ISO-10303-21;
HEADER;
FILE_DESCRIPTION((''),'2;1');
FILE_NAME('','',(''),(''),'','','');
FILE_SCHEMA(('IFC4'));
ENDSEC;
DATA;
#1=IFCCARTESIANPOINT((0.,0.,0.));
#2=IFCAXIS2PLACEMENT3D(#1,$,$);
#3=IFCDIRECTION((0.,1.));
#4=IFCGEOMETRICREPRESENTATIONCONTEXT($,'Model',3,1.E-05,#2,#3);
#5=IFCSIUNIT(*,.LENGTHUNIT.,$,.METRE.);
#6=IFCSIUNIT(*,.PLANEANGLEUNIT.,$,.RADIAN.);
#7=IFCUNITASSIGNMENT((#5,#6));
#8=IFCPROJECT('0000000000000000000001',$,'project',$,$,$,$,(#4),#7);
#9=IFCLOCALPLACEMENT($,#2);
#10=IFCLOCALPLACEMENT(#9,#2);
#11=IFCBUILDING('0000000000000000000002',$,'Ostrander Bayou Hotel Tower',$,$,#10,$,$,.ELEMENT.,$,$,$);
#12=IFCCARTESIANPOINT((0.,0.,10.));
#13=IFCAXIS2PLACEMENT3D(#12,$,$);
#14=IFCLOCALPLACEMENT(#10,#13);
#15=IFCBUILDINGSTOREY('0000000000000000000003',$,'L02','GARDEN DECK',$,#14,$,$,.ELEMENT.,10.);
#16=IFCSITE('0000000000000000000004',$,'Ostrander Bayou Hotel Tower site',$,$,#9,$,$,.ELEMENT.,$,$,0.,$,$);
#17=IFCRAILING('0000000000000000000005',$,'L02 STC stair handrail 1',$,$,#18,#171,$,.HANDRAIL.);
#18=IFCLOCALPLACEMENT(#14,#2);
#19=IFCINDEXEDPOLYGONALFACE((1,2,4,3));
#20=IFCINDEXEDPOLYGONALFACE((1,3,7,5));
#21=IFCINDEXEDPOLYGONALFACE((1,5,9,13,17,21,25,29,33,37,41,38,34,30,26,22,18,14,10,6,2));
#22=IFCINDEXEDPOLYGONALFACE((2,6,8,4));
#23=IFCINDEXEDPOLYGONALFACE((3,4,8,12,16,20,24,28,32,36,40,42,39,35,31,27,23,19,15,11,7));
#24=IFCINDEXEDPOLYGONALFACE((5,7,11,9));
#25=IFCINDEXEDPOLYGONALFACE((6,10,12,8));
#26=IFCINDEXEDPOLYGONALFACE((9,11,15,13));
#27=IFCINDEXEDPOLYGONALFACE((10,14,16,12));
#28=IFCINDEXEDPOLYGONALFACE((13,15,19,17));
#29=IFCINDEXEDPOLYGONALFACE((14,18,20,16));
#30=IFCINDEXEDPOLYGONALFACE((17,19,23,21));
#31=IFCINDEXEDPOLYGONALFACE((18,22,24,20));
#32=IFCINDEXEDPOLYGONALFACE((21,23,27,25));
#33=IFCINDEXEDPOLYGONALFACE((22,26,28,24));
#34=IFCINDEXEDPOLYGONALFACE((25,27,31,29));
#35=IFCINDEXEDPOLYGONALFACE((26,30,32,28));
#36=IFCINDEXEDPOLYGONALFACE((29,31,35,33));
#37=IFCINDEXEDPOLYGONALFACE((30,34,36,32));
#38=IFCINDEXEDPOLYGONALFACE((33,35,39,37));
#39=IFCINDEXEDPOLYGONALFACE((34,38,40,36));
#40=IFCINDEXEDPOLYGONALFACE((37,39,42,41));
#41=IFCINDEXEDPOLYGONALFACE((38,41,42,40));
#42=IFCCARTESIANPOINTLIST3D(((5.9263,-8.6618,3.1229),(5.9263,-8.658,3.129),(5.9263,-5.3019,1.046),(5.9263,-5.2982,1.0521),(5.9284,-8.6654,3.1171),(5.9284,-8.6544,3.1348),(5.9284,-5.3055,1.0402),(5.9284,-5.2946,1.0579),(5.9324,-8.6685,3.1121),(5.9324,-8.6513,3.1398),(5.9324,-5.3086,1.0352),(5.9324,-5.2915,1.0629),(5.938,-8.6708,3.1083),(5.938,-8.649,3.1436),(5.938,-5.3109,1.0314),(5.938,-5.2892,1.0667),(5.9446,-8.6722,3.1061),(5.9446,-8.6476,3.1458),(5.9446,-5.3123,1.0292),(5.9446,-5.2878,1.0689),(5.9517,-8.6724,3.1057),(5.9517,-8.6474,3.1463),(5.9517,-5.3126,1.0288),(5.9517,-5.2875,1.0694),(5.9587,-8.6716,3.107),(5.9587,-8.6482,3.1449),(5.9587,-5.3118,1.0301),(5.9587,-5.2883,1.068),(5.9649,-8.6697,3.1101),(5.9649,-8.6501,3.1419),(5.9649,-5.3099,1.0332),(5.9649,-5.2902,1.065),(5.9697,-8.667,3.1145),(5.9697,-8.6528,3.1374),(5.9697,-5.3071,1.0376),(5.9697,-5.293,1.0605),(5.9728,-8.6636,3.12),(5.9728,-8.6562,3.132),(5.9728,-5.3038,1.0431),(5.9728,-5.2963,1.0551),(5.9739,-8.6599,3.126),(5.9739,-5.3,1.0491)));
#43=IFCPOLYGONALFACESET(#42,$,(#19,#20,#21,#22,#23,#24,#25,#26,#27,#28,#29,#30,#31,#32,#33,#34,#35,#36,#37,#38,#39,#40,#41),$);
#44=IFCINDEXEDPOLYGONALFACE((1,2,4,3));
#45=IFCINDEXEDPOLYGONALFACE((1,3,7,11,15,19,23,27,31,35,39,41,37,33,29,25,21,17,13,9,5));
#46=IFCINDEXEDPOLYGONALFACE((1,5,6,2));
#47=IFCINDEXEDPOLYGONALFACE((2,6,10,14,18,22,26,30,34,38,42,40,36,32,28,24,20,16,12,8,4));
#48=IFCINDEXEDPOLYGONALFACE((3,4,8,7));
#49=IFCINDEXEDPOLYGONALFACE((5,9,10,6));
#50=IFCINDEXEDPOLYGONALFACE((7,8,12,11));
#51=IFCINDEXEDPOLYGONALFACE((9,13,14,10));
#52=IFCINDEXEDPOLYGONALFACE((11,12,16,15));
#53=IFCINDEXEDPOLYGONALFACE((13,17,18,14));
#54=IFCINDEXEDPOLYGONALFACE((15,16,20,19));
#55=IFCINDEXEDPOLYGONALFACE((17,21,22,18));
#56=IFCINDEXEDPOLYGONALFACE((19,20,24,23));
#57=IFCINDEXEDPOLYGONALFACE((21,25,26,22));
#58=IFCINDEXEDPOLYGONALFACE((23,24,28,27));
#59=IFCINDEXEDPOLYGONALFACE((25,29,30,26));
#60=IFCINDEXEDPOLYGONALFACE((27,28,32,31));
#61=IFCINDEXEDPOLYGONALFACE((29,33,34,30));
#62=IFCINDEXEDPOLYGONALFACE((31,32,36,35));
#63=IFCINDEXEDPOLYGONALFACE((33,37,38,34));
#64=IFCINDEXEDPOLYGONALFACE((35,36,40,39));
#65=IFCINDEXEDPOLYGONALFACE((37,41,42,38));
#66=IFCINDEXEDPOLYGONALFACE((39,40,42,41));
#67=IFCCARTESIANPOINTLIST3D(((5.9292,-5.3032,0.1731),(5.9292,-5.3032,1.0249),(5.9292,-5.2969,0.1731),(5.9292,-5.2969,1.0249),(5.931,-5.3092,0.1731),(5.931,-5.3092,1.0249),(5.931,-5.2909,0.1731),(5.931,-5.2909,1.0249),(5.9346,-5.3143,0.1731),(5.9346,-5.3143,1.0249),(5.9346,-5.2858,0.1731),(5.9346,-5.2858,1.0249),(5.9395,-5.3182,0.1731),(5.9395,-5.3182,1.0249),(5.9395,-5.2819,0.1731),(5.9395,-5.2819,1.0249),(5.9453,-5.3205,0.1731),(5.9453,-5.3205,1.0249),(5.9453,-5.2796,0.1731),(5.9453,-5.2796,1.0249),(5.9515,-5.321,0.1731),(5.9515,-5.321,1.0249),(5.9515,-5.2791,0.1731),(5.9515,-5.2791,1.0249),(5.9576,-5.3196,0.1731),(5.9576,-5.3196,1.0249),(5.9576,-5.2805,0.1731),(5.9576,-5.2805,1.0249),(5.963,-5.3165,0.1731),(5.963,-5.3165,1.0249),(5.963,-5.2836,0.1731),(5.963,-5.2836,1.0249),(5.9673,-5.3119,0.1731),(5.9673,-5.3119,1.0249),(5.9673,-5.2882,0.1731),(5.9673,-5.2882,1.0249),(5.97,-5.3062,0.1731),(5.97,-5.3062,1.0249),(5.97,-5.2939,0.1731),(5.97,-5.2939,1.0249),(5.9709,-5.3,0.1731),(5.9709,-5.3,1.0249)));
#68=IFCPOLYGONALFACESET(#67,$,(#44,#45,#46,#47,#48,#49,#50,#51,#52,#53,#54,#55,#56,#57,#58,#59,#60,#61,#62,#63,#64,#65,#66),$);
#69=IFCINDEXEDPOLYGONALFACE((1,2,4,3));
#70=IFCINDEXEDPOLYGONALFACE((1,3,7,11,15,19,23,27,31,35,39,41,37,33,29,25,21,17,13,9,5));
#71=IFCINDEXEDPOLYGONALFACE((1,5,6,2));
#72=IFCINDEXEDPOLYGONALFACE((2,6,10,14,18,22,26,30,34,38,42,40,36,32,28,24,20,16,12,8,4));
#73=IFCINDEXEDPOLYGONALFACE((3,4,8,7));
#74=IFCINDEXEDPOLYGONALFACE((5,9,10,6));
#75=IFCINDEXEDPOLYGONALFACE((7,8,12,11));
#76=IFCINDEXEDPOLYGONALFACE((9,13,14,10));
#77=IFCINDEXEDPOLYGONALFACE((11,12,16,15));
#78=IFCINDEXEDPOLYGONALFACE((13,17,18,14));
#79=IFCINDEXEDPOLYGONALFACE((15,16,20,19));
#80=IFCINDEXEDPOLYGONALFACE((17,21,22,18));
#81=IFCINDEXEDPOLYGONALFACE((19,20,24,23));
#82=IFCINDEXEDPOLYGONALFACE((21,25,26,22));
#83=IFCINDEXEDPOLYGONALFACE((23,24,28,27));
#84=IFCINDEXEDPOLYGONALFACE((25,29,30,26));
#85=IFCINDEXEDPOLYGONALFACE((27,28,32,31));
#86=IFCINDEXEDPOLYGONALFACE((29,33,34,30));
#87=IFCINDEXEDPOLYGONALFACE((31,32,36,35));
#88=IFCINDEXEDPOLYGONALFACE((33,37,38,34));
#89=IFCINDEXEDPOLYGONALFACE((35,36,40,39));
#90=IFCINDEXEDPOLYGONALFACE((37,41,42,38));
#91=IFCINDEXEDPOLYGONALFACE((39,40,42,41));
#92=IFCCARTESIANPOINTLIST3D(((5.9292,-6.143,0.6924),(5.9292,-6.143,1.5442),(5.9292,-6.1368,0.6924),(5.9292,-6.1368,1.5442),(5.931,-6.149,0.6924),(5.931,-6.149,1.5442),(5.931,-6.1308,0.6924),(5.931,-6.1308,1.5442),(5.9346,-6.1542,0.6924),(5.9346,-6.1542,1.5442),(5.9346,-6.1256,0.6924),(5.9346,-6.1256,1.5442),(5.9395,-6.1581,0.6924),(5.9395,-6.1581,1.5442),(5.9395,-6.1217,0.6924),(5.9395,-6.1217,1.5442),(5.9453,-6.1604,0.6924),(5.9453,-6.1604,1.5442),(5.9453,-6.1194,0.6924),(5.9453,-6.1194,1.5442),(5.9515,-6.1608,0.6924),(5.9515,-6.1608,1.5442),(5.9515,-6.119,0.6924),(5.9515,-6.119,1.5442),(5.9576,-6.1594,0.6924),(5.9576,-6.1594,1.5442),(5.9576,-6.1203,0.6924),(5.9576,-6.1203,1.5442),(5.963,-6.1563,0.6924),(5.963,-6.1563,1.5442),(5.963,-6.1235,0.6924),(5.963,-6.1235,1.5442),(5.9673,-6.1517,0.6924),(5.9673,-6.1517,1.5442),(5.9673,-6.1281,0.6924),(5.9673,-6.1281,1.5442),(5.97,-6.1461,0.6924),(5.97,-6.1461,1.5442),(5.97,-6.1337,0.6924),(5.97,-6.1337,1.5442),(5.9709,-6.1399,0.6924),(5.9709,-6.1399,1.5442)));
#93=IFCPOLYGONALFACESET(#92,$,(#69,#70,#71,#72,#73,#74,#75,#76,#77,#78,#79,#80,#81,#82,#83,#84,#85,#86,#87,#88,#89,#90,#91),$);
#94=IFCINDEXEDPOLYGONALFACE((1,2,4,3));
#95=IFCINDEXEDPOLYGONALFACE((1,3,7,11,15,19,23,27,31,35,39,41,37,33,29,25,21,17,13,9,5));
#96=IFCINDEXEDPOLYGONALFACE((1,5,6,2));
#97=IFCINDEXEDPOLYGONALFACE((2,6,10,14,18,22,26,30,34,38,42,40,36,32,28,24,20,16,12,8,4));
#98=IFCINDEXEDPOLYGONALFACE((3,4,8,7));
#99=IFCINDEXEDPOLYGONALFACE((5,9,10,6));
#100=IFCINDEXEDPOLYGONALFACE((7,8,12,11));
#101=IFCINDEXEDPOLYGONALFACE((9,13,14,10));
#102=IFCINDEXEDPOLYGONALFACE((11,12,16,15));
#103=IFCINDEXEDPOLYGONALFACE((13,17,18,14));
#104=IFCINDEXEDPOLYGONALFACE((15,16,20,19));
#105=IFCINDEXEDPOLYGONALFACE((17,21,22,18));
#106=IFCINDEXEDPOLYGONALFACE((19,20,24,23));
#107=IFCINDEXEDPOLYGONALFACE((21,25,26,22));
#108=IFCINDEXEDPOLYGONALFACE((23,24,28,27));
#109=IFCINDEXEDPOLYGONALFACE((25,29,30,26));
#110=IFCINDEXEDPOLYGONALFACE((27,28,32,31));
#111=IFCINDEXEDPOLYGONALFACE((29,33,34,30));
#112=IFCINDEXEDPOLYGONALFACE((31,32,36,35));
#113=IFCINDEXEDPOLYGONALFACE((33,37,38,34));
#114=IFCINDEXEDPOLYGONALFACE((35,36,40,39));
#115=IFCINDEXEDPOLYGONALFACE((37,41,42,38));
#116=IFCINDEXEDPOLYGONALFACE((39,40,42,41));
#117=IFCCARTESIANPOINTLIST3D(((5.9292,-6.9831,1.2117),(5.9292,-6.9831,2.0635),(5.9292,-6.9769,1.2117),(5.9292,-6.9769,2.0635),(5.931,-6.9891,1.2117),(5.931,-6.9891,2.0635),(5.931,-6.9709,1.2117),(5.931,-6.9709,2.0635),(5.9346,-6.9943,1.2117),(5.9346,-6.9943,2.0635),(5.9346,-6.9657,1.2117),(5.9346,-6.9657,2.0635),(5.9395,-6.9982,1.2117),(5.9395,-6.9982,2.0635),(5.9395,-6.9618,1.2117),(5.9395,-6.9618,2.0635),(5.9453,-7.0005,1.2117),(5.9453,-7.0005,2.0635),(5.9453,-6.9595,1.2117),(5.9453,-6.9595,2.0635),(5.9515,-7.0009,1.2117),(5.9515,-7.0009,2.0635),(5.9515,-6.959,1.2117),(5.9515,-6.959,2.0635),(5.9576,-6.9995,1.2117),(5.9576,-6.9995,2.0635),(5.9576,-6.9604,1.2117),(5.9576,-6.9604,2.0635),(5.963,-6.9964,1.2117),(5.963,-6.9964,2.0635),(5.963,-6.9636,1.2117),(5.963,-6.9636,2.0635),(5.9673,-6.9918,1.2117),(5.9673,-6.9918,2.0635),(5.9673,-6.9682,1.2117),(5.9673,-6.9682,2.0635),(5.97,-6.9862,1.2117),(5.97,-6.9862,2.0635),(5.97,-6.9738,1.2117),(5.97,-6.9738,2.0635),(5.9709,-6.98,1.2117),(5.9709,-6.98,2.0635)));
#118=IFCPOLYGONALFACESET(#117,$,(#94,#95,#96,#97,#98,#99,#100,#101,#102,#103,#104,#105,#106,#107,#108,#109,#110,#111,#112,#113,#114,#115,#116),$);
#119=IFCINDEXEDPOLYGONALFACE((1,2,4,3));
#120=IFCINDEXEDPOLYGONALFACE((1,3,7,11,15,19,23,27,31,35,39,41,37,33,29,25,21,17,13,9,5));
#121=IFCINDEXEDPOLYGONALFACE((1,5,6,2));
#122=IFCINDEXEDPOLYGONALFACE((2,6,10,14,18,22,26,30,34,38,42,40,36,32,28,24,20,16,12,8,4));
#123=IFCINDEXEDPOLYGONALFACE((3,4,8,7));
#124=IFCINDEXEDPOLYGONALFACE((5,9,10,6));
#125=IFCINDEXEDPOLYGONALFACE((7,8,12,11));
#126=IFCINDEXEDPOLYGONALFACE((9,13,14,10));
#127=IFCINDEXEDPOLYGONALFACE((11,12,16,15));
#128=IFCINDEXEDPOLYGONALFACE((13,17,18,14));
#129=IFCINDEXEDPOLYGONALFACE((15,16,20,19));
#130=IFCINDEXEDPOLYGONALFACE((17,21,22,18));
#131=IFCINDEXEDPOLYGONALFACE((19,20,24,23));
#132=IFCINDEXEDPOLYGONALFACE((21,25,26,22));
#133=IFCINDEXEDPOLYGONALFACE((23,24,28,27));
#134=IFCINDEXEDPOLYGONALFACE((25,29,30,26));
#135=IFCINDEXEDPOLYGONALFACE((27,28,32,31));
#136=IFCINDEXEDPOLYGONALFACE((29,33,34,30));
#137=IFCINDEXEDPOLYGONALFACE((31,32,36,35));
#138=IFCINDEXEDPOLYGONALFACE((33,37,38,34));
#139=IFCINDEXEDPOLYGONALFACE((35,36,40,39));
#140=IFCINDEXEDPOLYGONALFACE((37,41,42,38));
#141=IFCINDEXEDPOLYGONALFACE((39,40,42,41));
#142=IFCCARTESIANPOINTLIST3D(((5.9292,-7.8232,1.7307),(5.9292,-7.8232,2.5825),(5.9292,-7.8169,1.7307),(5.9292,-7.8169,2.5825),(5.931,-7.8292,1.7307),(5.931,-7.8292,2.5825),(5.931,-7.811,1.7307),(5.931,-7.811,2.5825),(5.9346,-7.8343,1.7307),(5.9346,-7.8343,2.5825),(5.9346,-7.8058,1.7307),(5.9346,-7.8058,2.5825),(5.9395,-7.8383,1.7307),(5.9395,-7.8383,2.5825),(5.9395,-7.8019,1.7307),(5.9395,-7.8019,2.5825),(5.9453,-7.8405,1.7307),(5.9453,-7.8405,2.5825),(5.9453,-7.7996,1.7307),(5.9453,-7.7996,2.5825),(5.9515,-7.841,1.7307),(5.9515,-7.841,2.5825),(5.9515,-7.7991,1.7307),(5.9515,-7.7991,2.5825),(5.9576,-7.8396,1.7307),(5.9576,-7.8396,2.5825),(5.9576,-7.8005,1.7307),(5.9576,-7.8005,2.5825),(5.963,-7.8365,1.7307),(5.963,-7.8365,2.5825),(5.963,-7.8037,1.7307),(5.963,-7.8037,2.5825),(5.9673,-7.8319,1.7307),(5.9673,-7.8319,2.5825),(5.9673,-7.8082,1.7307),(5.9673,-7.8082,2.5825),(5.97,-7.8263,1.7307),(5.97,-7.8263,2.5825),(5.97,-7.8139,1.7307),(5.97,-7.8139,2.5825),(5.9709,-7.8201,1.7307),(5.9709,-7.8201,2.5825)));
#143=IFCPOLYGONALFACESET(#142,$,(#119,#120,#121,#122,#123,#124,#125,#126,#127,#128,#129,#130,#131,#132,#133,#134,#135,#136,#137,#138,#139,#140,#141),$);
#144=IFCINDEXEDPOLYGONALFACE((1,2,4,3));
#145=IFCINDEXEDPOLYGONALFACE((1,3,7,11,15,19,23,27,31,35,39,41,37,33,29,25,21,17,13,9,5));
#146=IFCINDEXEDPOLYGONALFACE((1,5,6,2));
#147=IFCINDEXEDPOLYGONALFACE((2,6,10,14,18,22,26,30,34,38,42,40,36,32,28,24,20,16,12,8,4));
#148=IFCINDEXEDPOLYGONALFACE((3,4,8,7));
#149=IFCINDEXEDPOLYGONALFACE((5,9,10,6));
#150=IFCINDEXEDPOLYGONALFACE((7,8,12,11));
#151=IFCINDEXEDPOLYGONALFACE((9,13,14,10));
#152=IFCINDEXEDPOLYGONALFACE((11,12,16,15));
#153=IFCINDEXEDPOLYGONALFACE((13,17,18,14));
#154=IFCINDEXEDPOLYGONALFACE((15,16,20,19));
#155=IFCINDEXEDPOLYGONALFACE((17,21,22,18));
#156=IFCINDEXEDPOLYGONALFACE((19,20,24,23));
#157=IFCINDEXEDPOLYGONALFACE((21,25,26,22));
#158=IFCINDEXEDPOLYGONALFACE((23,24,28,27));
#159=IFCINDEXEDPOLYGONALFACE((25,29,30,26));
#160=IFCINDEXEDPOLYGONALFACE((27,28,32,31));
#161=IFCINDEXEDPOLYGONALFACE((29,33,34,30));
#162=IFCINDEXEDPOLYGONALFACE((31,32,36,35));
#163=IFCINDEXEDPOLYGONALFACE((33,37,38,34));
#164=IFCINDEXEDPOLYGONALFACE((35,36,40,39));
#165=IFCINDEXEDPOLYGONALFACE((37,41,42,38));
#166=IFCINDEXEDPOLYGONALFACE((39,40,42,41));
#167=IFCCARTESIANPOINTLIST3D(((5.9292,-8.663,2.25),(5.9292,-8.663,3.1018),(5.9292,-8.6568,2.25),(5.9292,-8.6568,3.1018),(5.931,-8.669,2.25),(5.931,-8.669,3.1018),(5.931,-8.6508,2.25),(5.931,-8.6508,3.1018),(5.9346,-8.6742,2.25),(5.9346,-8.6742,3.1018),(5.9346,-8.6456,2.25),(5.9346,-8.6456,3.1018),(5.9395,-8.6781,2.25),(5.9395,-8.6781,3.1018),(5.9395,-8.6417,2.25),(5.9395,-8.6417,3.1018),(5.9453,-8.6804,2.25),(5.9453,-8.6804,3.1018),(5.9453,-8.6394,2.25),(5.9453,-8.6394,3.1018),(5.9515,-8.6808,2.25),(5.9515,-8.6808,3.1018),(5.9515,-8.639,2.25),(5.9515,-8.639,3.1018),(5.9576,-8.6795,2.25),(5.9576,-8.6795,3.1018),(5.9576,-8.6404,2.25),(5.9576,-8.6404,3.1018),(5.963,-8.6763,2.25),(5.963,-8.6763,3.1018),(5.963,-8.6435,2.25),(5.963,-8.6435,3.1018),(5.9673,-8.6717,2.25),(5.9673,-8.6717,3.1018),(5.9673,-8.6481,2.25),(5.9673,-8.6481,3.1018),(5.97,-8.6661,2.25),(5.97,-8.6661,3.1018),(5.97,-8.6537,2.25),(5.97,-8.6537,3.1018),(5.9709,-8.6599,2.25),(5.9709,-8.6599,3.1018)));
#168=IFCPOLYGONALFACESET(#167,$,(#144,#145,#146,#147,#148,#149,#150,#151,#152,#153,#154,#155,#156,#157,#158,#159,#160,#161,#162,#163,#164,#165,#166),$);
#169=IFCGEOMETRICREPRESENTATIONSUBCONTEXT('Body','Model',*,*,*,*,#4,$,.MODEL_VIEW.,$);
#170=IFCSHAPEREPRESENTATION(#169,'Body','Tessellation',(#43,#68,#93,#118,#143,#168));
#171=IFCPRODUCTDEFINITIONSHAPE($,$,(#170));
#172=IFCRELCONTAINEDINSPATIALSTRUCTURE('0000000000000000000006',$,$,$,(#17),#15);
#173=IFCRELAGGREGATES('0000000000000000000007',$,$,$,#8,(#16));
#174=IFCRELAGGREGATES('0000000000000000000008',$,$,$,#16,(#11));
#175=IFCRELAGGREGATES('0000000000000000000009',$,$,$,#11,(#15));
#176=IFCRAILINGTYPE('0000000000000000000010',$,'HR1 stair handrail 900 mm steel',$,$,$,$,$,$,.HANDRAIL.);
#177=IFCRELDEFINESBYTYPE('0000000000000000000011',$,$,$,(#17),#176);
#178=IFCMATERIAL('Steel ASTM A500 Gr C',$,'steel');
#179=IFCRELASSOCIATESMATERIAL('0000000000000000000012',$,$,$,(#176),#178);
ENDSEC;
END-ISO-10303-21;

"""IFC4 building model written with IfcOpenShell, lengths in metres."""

from ifc_helpers import new_model, si_unit, direction, frame, origin, origin_2d, place, context, subcontext, project, spatial, circle, extrude, material, type_object, element, save


model = new_model("IFC4")

# Units and contexts
model_context = context("Model", 3, precision=1e-05, world=origin(), true_north=direction((0.0, 1.0)))
body_context = subcontext(model_context, "Body", "Model", "MODEL_VIEW")
ifc_project = project(units=[si_unit("LENGTHUNIT", "METRE"), si_unit("PLANEANGLEUNIT", "RADIAN")], contexts=[model_context])

# Site, building, storey
site_placement = place(None, origin())
site = spatial("IfcSite", under=ifc_project, at=site_placement, Name="Ostrander Bayou Hotel Tower site", CompositionType="ELEMENT", RefElevation=0.0)
building_placement = place(site_placement, origin())
building = spatial("IfcBuilding", under=site, at=building_placement, Name="Ostrander Bayou Hotel Tower", CompositionType="ELEMENT")
storey_placement = place(building_placement, frame((0.0, 0.0, 10.0)))
storey = spatial("IfcBuildingStorey", under=building, at=storey_placement, Name="L02", Description="GARDEN DECK", CompositionType="ELEMENT", Elevation=10.0)

# Railing
ifc_material_1 = material(Name="Steel ASTM A500 Gr C", Category="steel")
railing_type_1 = type_object("IfcRailingType", Name="HR1 stair handrail 900 mm steel", PredefinedType="HANDRAIL", material=ifc_material_1)
railing_1_placement = place(storey_placement, frame((5.95, -5.3, 0.1731)))
element("IfcRailing", 1, at=railing_1_placement, inside=storey, type_object=railing_type_1, Name="L02 STC stair handrail 1", PredefinedType="HANDRAIL", context=body_context, shape_type="SweptSolid", body=[
    extrude(circle(Radius=0.0239, at=origin_2d()), frame((0.0, 0.0, 0.876), z_axis=(0.0, -0.850606, 0.525803), x_axis=(1.0, 0.0, 0.0)), (0.0, 0.0, 1.0), 3.95),
    extrude(circle(Radius=0.021, at=origin_2d()), origin(), (0.0, 0.0, 1.0), 0.8518),
    extrude(circle(Radius=0.021, at=origin_2d()), frame((0.0, -0.8398, 0.5193)), (0.0, 0.0, 1.0), 0.8518),
    extrude(circle(Radius=0.021, at=origin_2d()), frame((0.0, -1.6799, 1.0386)), (0.0, 0.0, 1.0), 0.8518),
    extrude(circle(Radius=0.021, at=origin_2d()), frame((0.0, -2.52, 1.5576)), (0.0, 0.0, 1.0), 0.8518),
    extrude(circle(Radius=0.021, at=origin_2d()), frame((0.0, -3.3599, 2.0769)), (0.0, 0.0, 1.0), 0.8518),
])

save(model, "model.ifc")
